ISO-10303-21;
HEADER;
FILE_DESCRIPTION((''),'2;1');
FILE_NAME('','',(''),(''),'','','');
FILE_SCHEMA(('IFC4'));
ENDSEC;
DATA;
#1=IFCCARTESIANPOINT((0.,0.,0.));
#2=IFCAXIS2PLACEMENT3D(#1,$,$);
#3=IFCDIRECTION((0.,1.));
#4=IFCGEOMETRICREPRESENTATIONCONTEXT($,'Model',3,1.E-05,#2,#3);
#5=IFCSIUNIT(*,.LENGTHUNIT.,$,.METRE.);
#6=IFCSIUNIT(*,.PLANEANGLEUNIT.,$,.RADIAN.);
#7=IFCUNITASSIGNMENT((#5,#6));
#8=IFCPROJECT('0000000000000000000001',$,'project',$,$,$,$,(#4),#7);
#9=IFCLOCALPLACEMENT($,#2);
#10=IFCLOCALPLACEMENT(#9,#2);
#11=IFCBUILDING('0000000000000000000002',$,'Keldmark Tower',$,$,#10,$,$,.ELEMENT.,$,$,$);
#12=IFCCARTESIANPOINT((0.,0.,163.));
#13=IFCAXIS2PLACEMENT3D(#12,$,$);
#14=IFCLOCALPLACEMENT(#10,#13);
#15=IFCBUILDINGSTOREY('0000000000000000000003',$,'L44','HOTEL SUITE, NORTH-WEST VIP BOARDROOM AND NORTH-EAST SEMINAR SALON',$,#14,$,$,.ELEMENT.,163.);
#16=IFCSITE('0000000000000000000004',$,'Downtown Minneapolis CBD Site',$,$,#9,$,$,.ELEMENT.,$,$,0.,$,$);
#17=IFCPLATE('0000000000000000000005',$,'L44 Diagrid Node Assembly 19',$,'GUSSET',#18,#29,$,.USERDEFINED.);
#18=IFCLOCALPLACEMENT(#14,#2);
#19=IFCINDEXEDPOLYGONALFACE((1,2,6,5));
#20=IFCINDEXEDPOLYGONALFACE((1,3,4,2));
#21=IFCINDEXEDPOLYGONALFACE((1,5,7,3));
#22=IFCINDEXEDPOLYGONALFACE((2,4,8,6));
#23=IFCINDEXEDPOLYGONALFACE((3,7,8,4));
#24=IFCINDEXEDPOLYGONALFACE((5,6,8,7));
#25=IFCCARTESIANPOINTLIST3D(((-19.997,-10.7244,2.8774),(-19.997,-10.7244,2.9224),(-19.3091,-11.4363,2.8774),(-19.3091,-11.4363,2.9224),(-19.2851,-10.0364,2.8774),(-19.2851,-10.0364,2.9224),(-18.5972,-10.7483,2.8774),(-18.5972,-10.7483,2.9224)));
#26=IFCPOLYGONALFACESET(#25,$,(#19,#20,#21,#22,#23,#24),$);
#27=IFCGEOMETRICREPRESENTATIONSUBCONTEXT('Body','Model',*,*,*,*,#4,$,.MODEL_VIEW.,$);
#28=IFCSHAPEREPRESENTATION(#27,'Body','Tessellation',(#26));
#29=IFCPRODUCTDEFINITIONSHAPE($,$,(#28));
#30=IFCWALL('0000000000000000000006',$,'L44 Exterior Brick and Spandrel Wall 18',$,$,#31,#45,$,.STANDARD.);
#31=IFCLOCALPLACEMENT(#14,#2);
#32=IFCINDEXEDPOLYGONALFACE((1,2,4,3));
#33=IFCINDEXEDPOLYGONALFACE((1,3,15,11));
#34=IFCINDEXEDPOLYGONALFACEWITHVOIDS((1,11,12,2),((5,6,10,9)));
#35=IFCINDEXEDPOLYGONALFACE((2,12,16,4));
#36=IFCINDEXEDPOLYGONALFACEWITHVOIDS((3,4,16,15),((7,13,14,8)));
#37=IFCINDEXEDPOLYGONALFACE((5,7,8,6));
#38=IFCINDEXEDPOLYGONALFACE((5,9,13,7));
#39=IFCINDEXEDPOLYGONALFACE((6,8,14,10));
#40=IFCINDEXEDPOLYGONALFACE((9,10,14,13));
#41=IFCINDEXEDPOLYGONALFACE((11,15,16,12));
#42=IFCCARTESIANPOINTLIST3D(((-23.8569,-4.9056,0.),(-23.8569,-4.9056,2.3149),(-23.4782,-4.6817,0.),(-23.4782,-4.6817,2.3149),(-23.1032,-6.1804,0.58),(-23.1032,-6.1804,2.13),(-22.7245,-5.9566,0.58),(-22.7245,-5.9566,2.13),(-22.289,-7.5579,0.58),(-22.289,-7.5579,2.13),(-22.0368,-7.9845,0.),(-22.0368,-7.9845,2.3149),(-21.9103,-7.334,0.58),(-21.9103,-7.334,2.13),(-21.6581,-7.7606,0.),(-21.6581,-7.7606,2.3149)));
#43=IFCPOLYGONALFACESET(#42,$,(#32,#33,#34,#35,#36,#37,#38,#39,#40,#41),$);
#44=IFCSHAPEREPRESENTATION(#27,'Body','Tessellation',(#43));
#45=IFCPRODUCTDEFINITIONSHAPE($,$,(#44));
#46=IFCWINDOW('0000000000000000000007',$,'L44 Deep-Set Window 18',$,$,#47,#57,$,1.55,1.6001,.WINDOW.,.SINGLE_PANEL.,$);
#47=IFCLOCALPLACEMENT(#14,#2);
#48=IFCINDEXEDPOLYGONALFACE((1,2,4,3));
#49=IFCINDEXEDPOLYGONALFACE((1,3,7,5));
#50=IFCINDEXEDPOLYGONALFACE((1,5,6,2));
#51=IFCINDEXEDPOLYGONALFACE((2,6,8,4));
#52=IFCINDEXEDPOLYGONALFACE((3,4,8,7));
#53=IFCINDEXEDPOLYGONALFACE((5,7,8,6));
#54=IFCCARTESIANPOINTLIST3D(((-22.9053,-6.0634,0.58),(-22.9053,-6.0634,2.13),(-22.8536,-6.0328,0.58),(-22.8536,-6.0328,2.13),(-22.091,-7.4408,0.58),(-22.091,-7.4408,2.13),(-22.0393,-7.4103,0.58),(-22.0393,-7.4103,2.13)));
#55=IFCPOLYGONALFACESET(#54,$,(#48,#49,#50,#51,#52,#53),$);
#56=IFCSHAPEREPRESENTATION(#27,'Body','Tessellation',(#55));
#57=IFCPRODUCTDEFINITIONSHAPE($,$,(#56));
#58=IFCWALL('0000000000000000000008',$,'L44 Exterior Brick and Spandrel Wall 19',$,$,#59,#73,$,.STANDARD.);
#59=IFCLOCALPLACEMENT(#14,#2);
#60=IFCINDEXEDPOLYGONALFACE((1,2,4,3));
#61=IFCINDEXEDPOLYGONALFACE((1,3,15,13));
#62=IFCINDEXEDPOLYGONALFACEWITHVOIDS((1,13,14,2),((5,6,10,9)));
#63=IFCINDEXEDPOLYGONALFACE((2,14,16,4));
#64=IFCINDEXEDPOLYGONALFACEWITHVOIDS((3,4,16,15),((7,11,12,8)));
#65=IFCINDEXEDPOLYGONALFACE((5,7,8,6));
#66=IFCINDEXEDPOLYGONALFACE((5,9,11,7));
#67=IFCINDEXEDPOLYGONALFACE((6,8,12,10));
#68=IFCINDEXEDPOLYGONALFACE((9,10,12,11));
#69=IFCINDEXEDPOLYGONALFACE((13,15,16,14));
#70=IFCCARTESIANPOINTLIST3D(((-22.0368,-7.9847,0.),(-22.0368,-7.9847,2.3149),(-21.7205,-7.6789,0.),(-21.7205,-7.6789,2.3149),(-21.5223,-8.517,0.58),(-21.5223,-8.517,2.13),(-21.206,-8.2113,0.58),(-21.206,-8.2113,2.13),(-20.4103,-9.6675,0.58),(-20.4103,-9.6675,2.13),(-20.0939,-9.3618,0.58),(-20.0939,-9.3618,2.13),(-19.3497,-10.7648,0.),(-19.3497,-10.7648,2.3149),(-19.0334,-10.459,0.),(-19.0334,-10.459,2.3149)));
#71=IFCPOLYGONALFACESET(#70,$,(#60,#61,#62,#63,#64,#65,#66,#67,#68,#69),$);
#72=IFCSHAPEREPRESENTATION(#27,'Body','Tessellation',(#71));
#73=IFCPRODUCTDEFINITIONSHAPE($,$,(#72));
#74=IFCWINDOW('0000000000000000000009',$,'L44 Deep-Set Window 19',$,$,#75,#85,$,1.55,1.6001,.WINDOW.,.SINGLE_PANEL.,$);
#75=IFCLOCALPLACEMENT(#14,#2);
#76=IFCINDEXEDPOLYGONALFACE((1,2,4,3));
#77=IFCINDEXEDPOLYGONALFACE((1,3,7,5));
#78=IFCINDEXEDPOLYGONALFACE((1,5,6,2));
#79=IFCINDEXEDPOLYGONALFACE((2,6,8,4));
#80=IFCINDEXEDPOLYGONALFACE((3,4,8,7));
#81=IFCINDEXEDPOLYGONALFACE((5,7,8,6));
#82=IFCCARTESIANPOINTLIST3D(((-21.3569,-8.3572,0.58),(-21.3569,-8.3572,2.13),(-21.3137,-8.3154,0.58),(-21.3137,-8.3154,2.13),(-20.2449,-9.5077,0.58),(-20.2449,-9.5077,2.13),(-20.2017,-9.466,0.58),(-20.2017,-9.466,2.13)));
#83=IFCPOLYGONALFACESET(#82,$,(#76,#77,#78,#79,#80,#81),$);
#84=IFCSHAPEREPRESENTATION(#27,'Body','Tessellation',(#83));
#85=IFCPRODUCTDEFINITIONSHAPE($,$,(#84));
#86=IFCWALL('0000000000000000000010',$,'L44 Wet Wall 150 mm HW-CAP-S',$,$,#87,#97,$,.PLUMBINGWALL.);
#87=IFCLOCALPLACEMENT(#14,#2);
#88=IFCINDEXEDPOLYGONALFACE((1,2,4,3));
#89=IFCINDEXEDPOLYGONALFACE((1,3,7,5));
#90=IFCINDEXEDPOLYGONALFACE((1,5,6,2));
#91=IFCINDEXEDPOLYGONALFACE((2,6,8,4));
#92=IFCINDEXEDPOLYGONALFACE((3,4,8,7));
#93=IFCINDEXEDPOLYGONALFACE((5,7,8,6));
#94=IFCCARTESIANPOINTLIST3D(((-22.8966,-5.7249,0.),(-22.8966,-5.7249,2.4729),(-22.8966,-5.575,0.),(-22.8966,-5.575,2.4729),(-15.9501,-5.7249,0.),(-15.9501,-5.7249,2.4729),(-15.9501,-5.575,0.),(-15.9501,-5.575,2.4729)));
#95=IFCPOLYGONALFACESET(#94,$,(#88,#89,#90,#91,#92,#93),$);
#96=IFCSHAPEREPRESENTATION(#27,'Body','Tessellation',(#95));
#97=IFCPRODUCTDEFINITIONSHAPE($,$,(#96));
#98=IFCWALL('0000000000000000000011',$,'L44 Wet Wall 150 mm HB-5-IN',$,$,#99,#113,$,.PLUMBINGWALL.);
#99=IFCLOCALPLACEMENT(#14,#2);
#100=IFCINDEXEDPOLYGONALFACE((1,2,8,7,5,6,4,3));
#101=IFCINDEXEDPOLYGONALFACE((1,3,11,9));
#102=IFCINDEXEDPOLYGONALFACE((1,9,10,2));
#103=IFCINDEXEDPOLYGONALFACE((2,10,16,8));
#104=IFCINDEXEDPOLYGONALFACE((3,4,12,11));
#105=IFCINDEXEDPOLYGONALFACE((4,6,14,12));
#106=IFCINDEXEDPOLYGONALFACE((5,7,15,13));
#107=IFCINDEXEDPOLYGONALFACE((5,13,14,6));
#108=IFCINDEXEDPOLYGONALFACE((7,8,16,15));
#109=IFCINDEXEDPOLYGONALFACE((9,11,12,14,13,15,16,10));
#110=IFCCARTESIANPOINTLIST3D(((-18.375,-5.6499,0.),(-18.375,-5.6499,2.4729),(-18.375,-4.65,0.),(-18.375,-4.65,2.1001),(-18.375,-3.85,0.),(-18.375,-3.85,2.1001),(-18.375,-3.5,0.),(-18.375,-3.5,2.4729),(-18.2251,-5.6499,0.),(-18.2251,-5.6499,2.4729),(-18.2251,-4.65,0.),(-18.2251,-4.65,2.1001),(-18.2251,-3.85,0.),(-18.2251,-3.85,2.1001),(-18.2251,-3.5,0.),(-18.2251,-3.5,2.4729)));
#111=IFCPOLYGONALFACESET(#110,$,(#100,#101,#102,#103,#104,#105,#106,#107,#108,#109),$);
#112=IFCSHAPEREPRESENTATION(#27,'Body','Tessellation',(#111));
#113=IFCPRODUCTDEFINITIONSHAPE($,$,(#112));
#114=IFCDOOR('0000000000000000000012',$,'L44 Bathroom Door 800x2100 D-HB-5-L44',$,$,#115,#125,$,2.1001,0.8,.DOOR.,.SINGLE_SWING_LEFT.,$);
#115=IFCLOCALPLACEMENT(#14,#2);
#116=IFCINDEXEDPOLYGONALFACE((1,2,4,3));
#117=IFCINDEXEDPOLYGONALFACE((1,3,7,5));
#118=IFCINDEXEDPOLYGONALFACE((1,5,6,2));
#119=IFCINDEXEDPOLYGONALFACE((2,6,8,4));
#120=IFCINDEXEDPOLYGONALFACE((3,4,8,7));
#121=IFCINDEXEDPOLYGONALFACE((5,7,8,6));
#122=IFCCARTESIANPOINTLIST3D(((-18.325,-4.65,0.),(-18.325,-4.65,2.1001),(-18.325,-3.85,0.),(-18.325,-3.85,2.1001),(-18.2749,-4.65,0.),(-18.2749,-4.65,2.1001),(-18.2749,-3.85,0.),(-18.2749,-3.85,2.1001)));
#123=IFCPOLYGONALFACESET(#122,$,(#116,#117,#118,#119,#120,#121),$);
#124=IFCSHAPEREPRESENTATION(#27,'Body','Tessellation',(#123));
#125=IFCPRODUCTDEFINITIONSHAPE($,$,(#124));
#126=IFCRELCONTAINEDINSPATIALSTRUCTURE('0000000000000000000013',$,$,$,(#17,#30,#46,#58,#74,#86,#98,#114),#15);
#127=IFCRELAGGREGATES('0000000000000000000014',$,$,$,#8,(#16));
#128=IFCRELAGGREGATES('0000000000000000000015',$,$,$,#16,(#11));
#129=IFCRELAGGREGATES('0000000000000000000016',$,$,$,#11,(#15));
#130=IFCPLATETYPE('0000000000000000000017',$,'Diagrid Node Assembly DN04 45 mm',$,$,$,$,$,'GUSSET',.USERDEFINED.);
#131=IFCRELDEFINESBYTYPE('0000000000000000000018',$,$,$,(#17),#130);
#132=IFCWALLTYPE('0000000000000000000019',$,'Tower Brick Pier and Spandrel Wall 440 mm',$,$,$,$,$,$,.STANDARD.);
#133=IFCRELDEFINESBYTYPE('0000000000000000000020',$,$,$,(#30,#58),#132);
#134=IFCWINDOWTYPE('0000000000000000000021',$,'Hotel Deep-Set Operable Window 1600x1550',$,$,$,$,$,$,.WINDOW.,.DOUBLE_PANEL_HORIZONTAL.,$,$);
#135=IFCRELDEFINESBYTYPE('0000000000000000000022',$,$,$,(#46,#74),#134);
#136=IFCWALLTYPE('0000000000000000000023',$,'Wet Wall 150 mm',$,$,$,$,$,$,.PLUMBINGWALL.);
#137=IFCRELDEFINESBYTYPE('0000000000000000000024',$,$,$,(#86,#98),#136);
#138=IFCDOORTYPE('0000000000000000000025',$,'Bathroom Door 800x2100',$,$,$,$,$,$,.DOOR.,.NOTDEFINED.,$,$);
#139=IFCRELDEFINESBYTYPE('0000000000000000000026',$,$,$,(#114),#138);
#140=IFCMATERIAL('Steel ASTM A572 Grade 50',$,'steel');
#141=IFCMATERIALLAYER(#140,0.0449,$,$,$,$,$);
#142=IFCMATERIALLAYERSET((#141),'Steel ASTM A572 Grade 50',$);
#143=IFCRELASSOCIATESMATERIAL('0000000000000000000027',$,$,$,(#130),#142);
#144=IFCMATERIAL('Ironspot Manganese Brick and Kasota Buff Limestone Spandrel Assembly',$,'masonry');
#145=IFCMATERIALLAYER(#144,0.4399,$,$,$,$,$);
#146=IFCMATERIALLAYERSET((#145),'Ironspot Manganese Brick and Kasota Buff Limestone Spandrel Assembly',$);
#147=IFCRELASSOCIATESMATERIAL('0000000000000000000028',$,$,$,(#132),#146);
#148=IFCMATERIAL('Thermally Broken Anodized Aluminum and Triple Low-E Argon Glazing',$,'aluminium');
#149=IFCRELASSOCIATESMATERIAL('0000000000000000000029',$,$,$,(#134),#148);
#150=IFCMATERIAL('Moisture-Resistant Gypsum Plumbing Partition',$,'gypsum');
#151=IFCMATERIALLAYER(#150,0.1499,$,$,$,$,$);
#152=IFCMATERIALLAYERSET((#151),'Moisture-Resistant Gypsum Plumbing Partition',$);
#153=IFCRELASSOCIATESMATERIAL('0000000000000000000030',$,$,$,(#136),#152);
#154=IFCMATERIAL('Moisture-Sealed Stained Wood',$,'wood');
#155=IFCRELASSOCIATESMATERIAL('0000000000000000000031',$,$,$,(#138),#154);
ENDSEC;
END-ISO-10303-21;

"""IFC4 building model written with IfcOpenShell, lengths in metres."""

from ifc_helpers import new_model, si_unit, direction, frame, frame_2d, origin, origin_2d, place, context, subcontext, project, spatial, rectangle, extrude, material, layer, layer_set, type_object, element, fill, save


model = new_model("IFC4")

# Units and contexts
model_context = context("Model", 3, precision=1e-05, world=origin(), true_north=direction((0.0, 1.0)))
body_context = subcontext(model_context, "Body", "Model", "MODEL_VIEW")
ifc_project = project(units=[si_unit("LENGTHUNIT", "METRE"), si_unit("PLANEANGLEUNIT", "RADIAN")], contexts=[model_context])

# Site, building, storey
site_placement = place(None, origin())
site = spatial("IfcSite", under=ifc_project, at=site_placement, Name="Downtown Minneapolis CBD Site", CompositionType="ELEMENT", RefElevation=0.0)
building_placement = place(site_placement, origin())
building = spatial("IfcBuilding", under=site, at=building_placement, Name="Keldmark Tower", CompositionType="ELEMENT")
storey_placement = place(building_placement, frame((0.0, 0.0, 163.0)))
storey = spatial("IfcBuildingStorey", under=building, at=storey_placement, Name="L44", Description="HOTEL SUITE, NORTH-WEST VIP BOARDROOM AND NORTH-EAST SEMINAR SALON", CompositionType="ELEMENT", Elevation=163.0)

# Plate
ifc_material_1 = material(Name="Steel ASTM A572 Grade 50", Category="steel")
ifc_layer_1 = layer(ifc_material_1, 0.0449)
ifc_layer_set_1 = layer_set([ifc_layer_1], Name="Steel ASTM A572 Grade 50")
plate_type = type_object("IfcPlateType", Name="Diagrid Node Assembly DN04 45 mm", ElementType="GUSSET", PredefinedType="USERDEFINED", material=ifc_layer_set_1)
plate_placement = place(storey_placement, frame((-19.2971, -10.7363, 2.8774), z_axis=(0.0, 0.0, 1.0), x_axis=(0.694909, -0.719097, 0.0)))
element("IfcPlate", 1, at=plate_placement, inside=storey, type_object=plate_type, Name="L44 Diagrid Node Assembly 19", ObjectType="GUSSET", PredefinedType="USERDEFINED", context=body_context, shape_type="SweptSolid", body=[
    extrude(rectangle(XDim=0.99, YDim=0.99, at=origin_2d()), origin(), (0.0, 0.0, 1.0), 0.0449),
])

# Walls, openings, windows
ifc_material_2 = material(Name="Ironspot Manganese Brick and Kasota Buff Limestone Spandrel Assembly", Category="masonry")
ifc_layer_2 = layer(ifc_material_2, 0.4399)
ifc_layer_set_2 = layer_set([ifc_layer_2], Name="Ironspot Manganese Brick and Kasota Buff Limestone Spandrel Assembly")
wall_type_1 = type_object("IfcWallType", Name="Tower Brick Pier and Spandrel Wall 440 mm", PredefinedType="STANDARD", material=ifc_layer_set_2)
wall_1_placement = place(storey_placement, frame((-21.8474, -7.8726, 0.0), z_axis=(0.0, 0.0, 1.0), x_axis=(-0.508883, 0.860835, 0.0)))
wall_1 = element("IfcWall", 2, at=wall_1_placement, inside=storey, type_object=wall_type_1, Name="L44 Exterior Brick and Spandrel Wall 18", PredefinedType="STANDARD", context=body_context, shape_type="SweptSolid", body=[
    extrude(rectangle(XDim=3.5767, YDim=0.4399, at=frame_2d((1.7883, 0.0))), origin(), (0.0, 0.0, 1.0), 2.3149),
])
opening_1_placement = place(wall_1_placement, frame((0.4956, 0.0, 0.5801)))
opening_1 = element("IfcOpeningElement", 3, at=opening_1_placement, cuts=wall_1, PredefinedType="OPENING", context=body_context, shape_type="SweptSolid", body=[
    extrude(rectangle(XDim=1.6001, YDim=1.55, at=frame_2d((0.8, 0.7749))), frame((0.0, 0.23, 0.0), z_axis=(0.0, -1.0, 0.0), x_axis=(1.0, 0.0, 0.0)), (0.0, 0.0, 1.0), 0.46),
])
ifc_material_3 = material(Name="Thermally Broken Anodized Aluminum and Triple Low-E Argon Glazing", Category="aluminium")
window_type = type_object("IfcWindowType", Name="Hotel Deep-Set Operable Window 1600x1550", PartitioningType="DOUBLE_PANEL_HORIZONTAL", PredefinedType="WINDOW", material=ifc_material_3)
window_1_placement = place(opening_1_placement, origin())
window_1 = element("IfcWindow", 4, at=window_1_placement, inside=storey, type_object=window_type, Name="L44 Deep-Set Window 18", OverallHeight=1.55, OverallWidth=1.6001, PartitioningType="SINGLE_PANEL", PredefinedType="WINDOW", context=body_context, shape_type="SweptSolid", body=[
    extrude(rectangle(XDim=1.6001, YDim=1.55, at=frame_2d((0.8, 0.7749))), frame((0.0, -0.01, 0.0), z_axis=(0.0, -1.0, 0.0), x_axis=(1.0, 0.0, 0.0)), (0.0, 0.0, 1.0), 0.0601),
])
fill(opening_1, window_1)
wall_2_placement = place(storey_placement, frame((-19.1917, -10.6118, 0.0), z_axis=(0.0, 0.0, 1.0), x_axis=(-0.694975, 0.719034, 0.0)))
wall_2 = element("IfcWall", 5, at=wall_2_placement, inside=storey, type_object=wall_type_1, Name="L44 Exterior Brick and Spandrel Wall 19", PredefinedType="STANDARD", context=body_context, shape_type="SweptSolid", body=[
    extrude(rectangle(XDim=3.8665, YDim=0.4399, at=frame_2d((1.9331, 0.0))), origin(), (0.0, 0.0, 1.0), 2.3149),
])
opening_2_placement = place(wall_2_placement, frame((1.5259, 0.0, 0.5801)))
opening_2 = element("IfcOpeningElement", 6, at=opening_2_placement, cuts=wall_2, PredefinedType="OPENING", context=body_context, shape_type="SweptSolid", body=[
    extrude(rectangle(XDim=1.6001, YDim=1.55, at=frame_2d((0.8, 0.7749))), frame((0.0, 0.23, 0.0), z_axis=(0.0, -1.0, 0.0), x_axis=(1.0, 0.0, 0.0)), (0.0, 0.0, 1.0), 0.46),
])
window_2_placement = place(opening_2_placement, origin())
window_2 = element("IfcWindow", 7, at=window_2_placement, inside=storey, type_object=window_type, Name="L44 Deep-Set Window 19", OverallHeight=1.55, OverallWidth=1.6001, PartitioningType="SINGLE_PANEL", PredefinedType="WINDOW", context=body_context, shape_type="SweptSolid", body=[
    extrude(rectangle(XDim=1.6001, YDim=1.55, at=frame_2d((0.8, 0.7749))), frame((0.0, -0.01, 0.0), z_axis=(0.0, -1.0, 0.0), x_axis=(1.0, 0.0, 0.0)), (0.0, 0.0, 1.0), 0.0601),
])
fill(opening_2, window_2)

# Wall
ifc_material_4 = material(Name="Moisture-Resistant Gypsum Plumbing Partition", Category="gypsum")
ifc_layer_3 = layer(ifc_material_4, 0.1499)
ifc_layer_set_3 = layer_set([ifc_layer_3], Name="Moisture-Resistant Gypsum Plumbing Partition")
wall_type_2 = type_object("IfcWallType", Name="Wet Wall 150 mm", PredefinedType="PLUMBINGWALL", material=ifc_layer_set_3)
wall_3_placement = place(storey_placement, frame((-22.8965, -5.6499, 0.0), z_axis=(0.0, 0.0, 1.0), x_axis=(1.0, 0.0, 0.0)))
element("IfcWall", 8, at=wall_3_placement, inside=storey, type_object=wall_type_2, Name="L44 Wet Wall 150 mm HW-CAP-S", PredefinedType="PLUMBINGWALL", context=body_context, shape_type="SweptSolid", body=[
    extrude(rectangle(XDim=6.9465, YDim=0.1499, at=frame_2d((3.4731, 0.0))), origin(), (0.0, 0.0, 1.0), 2.4729),
])

# Wall, opening, door
wall_4_placement = place(storey_placement, frame((-18.3, -5.6499, 0.0), z_axis=(0.0, 0.0, 1.0), x_axis=(0.0, 1.0, 0.0)))
wall_4 = element("IfcWall", 9, at=wall_4_placement, inside=storey, type_object=wall_type_2, Name="L44 Wet Wall 150 mm HB-5-IN", PredefinedType="PLUMBINGWALL", context=body_context, shape_type="SweptSolid", body=[
    extrude(rectangle(XDim=2.1499, YDim=0.1499, at=frame_2d((1.075, 0.0))), origin(), (0.0, 0.0, 1.0), 2.4729),
])
opening_3_placement = place(wall_4_placement, frame((1.0, 0.0, 0.0)))
opening_3 = element("IfcOpeningElement", 10, at=opening_3_placement, cuts=wall_4, PredefinedType="OPENING", context=body_context, shape_type="SweptSolid", body=[
    extrude(rectangle(XDim=0.8, YDim=2.1001, at=frame_2d((0.3999, 1.05))), frame((0.0, 0.085, 0.0), z_axis=(0.0, -1.0, 0.0), x_axis=(1.0, 0.0, 0.0)), (0.0, 0.0, 1.0), 0.1699),
])
ifc_material_5 = material(Name="Moisture-Sealed Stained Wood", Category="wood")
door_type = type_object("IfcDoorType", Name="Bathroom Door 800x2100", OperationType="NOTDEFINED", PredefinedType="DOOR", material=ifc_material_5)
door_placement = place(opening_3_placement, origin())
door = element("IfcDoor", 11, at=door_placement, inside=storey, type_object=door_type, Name="L44 Bathroom Door 800x2100 D-HB-5-L44", OperationType="SINGLE_SWING_LEFT", OverallHeight=2.1001, OverallWidth=0.8, PredefinedType="DOOR", context=body_context, shape_type="SweptSolid", body=[
    extrude(rectangle(XDim=0.8, YDim=2.1001, at=frame_2d((0.3999, 1.05))), frame((0.0, 0.0249, 0.0), z_axis=(0.0, -1.0, 0.0), x_axis=(1.0, 0.0, 0.0)), (0.0, 0.0, 1.0), 0.05),
])
fill(opening_3, door)

save(model, "model.ifc")
